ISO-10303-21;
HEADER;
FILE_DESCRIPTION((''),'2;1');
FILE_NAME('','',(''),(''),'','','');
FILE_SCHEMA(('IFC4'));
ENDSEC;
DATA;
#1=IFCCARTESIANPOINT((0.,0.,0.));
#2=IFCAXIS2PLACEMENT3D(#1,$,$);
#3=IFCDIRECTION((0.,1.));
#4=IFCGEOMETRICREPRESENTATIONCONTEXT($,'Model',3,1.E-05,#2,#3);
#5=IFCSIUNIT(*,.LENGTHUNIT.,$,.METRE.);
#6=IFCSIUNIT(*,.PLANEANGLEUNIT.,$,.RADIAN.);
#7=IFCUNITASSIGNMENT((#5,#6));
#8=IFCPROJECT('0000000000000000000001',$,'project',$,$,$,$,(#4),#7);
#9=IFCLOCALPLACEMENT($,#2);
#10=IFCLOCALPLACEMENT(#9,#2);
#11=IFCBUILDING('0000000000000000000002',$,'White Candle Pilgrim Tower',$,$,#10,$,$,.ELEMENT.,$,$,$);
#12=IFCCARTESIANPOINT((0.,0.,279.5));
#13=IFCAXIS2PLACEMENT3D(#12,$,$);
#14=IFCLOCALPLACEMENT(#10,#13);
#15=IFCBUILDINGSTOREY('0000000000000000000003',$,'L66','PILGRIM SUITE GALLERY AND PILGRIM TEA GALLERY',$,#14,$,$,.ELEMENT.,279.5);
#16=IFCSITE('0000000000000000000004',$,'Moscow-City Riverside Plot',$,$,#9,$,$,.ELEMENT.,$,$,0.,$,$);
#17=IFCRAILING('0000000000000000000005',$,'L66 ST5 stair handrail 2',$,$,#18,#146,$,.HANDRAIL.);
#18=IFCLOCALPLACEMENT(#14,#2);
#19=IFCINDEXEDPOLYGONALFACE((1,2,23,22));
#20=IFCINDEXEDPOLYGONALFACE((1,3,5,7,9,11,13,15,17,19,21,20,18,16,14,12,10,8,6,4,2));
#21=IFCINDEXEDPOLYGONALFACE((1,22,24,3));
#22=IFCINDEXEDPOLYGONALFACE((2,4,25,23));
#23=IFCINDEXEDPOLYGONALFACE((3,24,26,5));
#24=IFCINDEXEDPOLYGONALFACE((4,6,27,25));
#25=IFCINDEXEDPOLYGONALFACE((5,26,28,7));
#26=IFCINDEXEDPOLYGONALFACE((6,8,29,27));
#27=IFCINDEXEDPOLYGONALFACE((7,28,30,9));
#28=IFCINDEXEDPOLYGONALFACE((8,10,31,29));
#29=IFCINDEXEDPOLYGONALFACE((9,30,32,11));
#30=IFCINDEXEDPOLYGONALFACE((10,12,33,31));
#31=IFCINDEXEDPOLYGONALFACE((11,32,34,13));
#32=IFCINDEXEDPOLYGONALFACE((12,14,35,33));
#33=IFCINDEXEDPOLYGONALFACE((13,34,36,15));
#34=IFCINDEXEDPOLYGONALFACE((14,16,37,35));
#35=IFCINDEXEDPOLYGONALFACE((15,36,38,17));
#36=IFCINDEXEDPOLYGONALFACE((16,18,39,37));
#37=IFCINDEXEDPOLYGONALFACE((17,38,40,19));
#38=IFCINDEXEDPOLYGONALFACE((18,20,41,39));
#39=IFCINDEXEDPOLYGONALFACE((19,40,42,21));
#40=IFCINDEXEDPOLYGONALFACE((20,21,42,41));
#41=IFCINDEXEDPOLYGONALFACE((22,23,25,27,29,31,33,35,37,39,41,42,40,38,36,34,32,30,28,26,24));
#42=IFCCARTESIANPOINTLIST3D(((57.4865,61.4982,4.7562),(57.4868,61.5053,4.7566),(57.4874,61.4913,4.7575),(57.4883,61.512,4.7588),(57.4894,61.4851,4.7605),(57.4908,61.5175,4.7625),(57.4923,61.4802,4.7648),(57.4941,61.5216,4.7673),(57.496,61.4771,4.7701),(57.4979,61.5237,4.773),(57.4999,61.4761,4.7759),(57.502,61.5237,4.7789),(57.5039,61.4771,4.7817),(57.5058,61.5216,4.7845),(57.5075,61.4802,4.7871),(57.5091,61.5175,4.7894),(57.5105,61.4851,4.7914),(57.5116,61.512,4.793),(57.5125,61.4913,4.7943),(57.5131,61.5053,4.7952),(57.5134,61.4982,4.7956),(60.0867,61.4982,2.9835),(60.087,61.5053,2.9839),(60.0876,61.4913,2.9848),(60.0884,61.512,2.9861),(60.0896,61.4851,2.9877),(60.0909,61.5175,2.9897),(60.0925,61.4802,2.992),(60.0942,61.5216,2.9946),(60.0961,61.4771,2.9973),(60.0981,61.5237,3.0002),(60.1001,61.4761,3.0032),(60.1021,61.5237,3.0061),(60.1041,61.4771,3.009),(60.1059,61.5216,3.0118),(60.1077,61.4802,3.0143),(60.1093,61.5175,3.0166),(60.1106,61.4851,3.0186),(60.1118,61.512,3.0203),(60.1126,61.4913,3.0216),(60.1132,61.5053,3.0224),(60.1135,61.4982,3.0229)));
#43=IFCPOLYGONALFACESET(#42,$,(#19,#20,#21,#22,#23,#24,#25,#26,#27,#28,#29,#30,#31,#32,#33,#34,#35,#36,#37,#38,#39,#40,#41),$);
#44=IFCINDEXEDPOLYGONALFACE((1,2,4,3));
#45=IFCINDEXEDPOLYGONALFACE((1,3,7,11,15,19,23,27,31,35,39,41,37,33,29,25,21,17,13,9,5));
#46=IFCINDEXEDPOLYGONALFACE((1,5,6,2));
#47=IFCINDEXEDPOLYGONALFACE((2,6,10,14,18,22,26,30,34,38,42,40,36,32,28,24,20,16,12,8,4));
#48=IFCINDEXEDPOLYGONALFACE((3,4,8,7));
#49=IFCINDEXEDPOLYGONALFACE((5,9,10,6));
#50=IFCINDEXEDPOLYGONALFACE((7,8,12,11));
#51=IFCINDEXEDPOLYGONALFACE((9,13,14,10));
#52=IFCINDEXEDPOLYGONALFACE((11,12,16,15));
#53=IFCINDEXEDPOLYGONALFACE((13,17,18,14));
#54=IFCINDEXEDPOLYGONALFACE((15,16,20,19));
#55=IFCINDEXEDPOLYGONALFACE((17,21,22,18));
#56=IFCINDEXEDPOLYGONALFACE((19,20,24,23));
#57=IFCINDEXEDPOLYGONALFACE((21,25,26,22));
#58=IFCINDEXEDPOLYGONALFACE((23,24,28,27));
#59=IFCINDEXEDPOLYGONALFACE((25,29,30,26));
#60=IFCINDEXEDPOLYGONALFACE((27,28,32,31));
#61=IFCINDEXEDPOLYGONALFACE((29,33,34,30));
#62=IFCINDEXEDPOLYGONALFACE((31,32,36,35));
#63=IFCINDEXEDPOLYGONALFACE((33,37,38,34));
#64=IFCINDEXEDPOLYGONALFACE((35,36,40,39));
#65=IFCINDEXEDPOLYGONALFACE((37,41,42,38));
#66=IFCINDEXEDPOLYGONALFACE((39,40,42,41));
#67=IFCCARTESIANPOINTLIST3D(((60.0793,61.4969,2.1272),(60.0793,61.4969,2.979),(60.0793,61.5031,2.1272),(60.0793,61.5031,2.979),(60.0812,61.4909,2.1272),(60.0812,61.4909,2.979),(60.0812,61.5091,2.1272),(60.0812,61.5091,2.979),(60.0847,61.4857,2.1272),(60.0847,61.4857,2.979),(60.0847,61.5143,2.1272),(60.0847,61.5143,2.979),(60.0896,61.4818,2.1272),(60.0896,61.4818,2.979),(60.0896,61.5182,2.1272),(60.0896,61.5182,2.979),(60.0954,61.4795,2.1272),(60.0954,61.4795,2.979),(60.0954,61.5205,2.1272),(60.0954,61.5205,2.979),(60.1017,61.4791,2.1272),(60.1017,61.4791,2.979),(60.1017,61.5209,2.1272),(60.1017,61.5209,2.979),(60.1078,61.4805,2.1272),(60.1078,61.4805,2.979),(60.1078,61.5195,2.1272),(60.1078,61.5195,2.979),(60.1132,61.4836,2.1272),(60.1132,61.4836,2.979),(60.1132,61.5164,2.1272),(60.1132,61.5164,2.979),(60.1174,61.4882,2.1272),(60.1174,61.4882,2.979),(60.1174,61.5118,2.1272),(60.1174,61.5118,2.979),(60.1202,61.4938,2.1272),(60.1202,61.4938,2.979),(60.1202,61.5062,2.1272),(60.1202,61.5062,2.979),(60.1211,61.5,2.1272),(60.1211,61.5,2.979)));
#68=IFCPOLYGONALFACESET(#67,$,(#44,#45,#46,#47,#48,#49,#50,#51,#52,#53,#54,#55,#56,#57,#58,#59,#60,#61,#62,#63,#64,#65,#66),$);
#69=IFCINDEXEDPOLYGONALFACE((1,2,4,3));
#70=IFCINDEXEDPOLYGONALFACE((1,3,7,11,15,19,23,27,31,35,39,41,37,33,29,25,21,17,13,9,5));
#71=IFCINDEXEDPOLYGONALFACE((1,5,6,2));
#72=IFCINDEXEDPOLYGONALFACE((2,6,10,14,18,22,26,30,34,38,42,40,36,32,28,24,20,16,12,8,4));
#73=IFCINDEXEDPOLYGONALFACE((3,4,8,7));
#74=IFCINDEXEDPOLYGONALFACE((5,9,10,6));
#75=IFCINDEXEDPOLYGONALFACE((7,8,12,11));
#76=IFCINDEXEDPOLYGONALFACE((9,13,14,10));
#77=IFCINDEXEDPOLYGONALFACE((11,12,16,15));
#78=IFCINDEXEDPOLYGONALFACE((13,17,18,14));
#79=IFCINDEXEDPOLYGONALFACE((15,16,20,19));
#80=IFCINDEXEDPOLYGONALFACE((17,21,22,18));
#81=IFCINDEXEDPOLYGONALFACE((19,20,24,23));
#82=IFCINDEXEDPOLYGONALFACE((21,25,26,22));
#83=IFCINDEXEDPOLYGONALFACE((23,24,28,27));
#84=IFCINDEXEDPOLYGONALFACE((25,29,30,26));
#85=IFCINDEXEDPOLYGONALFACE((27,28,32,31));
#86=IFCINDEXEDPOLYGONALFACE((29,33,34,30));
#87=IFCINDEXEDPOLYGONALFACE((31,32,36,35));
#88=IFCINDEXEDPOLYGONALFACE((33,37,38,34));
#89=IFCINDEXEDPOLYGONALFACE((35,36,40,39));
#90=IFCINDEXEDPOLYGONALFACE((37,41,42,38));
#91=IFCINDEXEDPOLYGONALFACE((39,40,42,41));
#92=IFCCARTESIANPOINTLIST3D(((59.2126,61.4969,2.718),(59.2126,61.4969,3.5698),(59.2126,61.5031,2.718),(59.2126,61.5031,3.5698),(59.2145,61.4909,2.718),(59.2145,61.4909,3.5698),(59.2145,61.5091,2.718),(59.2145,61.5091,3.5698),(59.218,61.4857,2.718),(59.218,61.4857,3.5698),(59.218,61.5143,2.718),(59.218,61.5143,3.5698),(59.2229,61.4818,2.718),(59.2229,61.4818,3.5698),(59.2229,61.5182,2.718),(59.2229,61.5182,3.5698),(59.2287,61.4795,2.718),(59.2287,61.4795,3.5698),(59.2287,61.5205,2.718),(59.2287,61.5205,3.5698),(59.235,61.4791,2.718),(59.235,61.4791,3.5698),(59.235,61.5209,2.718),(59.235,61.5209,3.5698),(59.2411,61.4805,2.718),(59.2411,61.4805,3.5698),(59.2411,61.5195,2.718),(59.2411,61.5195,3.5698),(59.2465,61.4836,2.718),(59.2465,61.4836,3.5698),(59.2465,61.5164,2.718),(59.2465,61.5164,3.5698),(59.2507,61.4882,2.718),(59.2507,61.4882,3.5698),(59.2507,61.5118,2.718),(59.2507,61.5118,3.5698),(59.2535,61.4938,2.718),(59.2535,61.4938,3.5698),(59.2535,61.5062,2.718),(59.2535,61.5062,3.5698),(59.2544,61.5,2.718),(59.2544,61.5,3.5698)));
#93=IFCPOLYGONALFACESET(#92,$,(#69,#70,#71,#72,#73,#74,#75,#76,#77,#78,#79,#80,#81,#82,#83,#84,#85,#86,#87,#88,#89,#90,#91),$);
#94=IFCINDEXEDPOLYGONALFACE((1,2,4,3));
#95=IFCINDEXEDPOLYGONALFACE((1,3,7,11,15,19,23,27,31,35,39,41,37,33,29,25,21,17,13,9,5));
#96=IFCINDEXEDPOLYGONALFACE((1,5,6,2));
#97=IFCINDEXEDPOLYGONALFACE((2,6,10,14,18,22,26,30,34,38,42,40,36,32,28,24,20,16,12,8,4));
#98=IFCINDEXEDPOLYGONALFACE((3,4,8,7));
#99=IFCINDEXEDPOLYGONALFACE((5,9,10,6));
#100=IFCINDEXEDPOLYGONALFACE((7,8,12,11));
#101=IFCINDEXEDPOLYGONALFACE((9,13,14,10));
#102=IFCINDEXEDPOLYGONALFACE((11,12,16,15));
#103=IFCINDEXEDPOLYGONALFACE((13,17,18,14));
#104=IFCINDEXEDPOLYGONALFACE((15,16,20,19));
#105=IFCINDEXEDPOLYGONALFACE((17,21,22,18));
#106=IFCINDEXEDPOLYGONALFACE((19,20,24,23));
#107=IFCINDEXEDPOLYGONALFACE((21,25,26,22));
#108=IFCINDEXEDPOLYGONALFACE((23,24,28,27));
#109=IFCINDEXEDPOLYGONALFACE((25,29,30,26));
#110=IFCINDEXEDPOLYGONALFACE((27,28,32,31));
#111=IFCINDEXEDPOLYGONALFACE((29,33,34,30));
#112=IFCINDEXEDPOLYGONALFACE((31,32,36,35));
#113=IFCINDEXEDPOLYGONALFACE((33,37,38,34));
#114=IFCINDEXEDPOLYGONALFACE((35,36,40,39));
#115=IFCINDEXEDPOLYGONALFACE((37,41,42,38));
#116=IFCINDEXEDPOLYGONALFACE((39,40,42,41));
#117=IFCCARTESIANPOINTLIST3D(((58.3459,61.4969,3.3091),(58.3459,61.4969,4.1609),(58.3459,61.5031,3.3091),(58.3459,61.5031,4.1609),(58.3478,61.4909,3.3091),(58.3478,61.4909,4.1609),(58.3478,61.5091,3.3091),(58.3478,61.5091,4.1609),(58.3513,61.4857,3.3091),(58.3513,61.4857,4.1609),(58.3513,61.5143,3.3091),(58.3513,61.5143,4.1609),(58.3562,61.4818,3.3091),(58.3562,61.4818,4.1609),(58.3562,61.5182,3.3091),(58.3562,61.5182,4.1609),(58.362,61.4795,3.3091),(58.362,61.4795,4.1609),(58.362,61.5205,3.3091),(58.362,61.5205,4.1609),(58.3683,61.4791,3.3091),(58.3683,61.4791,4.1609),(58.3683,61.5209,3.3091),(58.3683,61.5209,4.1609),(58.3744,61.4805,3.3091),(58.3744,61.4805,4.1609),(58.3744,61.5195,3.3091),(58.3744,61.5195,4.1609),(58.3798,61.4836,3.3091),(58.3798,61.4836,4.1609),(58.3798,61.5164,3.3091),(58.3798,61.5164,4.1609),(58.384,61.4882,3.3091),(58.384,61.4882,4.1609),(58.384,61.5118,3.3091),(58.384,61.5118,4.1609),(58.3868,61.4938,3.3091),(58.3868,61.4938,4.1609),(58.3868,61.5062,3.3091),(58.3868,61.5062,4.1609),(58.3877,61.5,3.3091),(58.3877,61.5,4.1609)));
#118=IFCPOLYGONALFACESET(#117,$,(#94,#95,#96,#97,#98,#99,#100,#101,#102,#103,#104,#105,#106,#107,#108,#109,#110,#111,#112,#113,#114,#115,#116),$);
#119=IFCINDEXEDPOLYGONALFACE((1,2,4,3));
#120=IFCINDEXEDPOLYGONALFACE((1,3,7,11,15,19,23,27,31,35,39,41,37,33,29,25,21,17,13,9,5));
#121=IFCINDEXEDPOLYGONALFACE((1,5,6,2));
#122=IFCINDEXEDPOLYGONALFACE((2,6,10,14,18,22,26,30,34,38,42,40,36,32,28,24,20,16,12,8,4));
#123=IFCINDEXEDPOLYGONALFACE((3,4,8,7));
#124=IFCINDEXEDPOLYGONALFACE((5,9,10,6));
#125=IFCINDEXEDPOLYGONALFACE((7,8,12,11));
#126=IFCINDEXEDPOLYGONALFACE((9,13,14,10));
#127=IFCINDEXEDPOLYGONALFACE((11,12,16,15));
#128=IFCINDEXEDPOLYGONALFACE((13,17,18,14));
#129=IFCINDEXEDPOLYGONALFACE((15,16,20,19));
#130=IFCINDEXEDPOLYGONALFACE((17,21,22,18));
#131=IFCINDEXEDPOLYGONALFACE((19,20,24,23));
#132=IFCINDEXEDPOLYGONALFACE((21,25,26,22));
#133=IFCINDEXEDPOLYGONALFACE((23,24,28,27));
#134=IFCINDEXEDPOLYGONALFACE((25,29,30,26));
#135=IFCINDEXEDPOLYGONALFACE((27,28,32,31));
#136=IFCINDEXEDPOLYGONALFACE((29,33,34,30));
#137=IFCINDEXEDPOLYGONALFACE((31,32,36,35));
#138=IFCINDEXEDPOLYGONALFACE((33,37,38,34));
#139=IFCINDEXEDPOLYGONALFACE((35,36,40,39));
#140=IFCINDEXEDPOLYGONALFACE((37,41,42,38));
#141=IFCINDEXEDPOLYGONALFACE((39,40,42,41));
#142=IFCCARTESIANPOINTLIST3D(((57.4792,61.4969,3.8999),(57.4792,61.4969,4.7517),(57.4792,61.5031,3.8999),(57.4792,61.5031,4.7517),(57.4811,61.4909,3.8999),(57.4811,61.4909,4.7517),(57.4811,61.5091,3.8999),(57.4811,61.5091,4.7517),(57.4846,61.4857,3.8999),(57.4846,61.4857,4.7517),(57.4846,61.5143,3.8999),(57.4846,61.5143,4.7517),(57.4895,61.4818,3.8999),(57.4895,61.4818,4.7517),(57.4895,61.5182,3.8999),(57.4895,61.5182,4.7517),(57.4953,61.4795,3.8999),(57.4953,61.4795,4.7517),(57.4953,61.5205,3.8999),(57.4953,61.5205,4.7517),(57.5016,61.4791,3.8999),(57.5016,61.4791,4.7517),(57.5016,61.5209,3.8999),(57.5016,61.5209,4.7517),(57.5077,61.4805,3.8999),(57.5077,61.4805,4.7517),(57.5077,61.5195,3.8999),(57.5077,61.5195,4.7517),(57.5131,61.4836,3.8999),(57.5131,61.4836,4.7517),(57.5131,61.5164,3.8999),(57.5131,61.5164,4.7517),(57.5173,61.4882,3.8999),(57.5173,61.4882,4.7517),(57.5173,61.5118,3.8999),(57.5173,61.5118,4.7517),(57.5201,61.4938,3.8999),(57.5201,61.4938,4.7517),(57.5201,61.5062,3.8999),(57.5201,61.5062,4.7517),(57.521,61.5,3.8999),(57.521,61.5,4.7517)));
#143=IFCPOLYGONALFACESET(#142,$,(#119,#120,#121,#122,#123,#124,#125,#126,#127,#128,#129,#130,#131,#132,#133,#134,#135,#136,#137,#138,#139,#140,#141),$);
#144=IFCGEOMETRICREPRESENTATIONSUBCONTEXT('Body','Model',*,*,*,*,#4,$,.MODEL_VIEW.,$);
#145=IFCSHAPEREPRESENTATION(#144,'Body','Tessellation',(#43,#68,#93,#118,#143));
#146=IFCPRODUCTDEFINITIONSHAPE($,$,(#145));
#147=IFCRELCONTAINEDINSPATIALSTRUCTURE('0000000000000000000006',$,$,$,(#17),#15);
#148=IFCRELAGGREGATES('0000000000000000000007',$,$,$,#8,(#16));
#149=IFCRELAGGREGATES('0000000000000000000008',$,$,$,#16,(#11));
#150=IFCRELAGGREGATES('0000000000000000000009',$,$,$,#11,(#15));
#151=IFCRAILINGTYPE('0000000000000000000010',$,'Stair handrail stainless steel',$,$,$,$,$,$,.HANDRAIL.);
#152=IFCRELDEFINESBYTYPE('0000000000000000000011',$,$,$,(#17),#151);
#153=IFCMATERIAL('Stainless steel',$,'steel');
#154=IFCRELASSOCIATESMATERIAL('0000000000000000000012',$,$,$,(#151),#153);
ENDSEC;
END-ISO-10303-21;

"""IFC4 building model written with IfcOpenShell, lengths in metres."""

from ifc_helpers import new_model, si_unit, direction, frame, origin, origin_2d, place, context, subcontext, project, spatial, circle, extrude, material, type_object, element, save


model = new_model("IFC4")

# Units and contexts
model_context = context("Model", 3, precision=1e-05, world=origin(), true_north=direction((0.0, 1.0)))
body_context = subcontext(model_context, "Body", "Model", "MODEL_VIEW")
ifc_project = project(units=[si_unit("LENGTHUNIT", "METRE"), si_unit("PLANEANGLEUNIT", "RADIAN")], contexts=[model_context])

# Site, building, storey
site_placement = place(None, origin())
site = spatial("IfcSite", under=ifc_project, at=site_placement, Name="Moscow-City Riverside Plot", CompositionType="ELEMENT", RefElevation=0.0)
building_placement = place(site_placement, origin())
building = spatial("IfcBuilding", under=site, at=building_placement, Name="White Candle Pilgrim Tower", CompositionType="ELEMENT")
storey_placement = place(building_placement, frame((0.0, 0.0, 279.5)))
storey = spatial("IfcBuildingStorey", under=building, at=storey_placement, Name="L66", Description="PILGRIM SUITE GALLERY AND PILGRIM TEA GALLERY", CompositionType="ELEMENT", Elevation=279.5)

# Railing
ifc_material_1 = material(Name="Stainless steel", Category="steel")
railing_type_1 = type_object("IfcRailingType", Name="Stair handrail stainless steel", PredefinedType="HANDRAIL", material=ifc_material_1)
railing_1_placement = place(storey_placement, frame((60.1001, 61.5, 2.1272)))
element("IfcRailing", 1, at=railing_1_placement, inside=storey, type_object=railing_type_1, Name="L66 ST5 stair handrail 2", PredefinedType="HANDRAIL", context=body_context, shape_type="SweptSolid", body=[
    extrude(circle(Radius=0.0239, at=origin_2d()), frame((0.0, 0.0, 0.876), z_axis=(-0.82624, 0.0, 0.563318), x_axis=(0.0, -1.0, 0.0)), (0.0, 0.0, 1.0), 3.147),
    extrude(circle(Radius=0.021, at=origin_2d()), origin(), (0.0, 0.0, 1.0), 0.8518),
    extrude(circle(Radius=0.021, at=origin_2d()), frame((-0.8667, 0.0, 0.5908)), (0.0, 0.0, 1.0), 0.8518),
    extrude(circle(Radius=0.021, at=origin_2d()), frame((-1.7334, 0.0, 1.1819)), (0.0, 0.0, 1.0), 0.8518),
    extrude(circle(Radius=0.021, at=origin_2d()), frame((-2.6001, 0.0, 1.7727)), (0.0, 0.0, 1.0), 0.8518),
])

save(model, "model.ifc")
